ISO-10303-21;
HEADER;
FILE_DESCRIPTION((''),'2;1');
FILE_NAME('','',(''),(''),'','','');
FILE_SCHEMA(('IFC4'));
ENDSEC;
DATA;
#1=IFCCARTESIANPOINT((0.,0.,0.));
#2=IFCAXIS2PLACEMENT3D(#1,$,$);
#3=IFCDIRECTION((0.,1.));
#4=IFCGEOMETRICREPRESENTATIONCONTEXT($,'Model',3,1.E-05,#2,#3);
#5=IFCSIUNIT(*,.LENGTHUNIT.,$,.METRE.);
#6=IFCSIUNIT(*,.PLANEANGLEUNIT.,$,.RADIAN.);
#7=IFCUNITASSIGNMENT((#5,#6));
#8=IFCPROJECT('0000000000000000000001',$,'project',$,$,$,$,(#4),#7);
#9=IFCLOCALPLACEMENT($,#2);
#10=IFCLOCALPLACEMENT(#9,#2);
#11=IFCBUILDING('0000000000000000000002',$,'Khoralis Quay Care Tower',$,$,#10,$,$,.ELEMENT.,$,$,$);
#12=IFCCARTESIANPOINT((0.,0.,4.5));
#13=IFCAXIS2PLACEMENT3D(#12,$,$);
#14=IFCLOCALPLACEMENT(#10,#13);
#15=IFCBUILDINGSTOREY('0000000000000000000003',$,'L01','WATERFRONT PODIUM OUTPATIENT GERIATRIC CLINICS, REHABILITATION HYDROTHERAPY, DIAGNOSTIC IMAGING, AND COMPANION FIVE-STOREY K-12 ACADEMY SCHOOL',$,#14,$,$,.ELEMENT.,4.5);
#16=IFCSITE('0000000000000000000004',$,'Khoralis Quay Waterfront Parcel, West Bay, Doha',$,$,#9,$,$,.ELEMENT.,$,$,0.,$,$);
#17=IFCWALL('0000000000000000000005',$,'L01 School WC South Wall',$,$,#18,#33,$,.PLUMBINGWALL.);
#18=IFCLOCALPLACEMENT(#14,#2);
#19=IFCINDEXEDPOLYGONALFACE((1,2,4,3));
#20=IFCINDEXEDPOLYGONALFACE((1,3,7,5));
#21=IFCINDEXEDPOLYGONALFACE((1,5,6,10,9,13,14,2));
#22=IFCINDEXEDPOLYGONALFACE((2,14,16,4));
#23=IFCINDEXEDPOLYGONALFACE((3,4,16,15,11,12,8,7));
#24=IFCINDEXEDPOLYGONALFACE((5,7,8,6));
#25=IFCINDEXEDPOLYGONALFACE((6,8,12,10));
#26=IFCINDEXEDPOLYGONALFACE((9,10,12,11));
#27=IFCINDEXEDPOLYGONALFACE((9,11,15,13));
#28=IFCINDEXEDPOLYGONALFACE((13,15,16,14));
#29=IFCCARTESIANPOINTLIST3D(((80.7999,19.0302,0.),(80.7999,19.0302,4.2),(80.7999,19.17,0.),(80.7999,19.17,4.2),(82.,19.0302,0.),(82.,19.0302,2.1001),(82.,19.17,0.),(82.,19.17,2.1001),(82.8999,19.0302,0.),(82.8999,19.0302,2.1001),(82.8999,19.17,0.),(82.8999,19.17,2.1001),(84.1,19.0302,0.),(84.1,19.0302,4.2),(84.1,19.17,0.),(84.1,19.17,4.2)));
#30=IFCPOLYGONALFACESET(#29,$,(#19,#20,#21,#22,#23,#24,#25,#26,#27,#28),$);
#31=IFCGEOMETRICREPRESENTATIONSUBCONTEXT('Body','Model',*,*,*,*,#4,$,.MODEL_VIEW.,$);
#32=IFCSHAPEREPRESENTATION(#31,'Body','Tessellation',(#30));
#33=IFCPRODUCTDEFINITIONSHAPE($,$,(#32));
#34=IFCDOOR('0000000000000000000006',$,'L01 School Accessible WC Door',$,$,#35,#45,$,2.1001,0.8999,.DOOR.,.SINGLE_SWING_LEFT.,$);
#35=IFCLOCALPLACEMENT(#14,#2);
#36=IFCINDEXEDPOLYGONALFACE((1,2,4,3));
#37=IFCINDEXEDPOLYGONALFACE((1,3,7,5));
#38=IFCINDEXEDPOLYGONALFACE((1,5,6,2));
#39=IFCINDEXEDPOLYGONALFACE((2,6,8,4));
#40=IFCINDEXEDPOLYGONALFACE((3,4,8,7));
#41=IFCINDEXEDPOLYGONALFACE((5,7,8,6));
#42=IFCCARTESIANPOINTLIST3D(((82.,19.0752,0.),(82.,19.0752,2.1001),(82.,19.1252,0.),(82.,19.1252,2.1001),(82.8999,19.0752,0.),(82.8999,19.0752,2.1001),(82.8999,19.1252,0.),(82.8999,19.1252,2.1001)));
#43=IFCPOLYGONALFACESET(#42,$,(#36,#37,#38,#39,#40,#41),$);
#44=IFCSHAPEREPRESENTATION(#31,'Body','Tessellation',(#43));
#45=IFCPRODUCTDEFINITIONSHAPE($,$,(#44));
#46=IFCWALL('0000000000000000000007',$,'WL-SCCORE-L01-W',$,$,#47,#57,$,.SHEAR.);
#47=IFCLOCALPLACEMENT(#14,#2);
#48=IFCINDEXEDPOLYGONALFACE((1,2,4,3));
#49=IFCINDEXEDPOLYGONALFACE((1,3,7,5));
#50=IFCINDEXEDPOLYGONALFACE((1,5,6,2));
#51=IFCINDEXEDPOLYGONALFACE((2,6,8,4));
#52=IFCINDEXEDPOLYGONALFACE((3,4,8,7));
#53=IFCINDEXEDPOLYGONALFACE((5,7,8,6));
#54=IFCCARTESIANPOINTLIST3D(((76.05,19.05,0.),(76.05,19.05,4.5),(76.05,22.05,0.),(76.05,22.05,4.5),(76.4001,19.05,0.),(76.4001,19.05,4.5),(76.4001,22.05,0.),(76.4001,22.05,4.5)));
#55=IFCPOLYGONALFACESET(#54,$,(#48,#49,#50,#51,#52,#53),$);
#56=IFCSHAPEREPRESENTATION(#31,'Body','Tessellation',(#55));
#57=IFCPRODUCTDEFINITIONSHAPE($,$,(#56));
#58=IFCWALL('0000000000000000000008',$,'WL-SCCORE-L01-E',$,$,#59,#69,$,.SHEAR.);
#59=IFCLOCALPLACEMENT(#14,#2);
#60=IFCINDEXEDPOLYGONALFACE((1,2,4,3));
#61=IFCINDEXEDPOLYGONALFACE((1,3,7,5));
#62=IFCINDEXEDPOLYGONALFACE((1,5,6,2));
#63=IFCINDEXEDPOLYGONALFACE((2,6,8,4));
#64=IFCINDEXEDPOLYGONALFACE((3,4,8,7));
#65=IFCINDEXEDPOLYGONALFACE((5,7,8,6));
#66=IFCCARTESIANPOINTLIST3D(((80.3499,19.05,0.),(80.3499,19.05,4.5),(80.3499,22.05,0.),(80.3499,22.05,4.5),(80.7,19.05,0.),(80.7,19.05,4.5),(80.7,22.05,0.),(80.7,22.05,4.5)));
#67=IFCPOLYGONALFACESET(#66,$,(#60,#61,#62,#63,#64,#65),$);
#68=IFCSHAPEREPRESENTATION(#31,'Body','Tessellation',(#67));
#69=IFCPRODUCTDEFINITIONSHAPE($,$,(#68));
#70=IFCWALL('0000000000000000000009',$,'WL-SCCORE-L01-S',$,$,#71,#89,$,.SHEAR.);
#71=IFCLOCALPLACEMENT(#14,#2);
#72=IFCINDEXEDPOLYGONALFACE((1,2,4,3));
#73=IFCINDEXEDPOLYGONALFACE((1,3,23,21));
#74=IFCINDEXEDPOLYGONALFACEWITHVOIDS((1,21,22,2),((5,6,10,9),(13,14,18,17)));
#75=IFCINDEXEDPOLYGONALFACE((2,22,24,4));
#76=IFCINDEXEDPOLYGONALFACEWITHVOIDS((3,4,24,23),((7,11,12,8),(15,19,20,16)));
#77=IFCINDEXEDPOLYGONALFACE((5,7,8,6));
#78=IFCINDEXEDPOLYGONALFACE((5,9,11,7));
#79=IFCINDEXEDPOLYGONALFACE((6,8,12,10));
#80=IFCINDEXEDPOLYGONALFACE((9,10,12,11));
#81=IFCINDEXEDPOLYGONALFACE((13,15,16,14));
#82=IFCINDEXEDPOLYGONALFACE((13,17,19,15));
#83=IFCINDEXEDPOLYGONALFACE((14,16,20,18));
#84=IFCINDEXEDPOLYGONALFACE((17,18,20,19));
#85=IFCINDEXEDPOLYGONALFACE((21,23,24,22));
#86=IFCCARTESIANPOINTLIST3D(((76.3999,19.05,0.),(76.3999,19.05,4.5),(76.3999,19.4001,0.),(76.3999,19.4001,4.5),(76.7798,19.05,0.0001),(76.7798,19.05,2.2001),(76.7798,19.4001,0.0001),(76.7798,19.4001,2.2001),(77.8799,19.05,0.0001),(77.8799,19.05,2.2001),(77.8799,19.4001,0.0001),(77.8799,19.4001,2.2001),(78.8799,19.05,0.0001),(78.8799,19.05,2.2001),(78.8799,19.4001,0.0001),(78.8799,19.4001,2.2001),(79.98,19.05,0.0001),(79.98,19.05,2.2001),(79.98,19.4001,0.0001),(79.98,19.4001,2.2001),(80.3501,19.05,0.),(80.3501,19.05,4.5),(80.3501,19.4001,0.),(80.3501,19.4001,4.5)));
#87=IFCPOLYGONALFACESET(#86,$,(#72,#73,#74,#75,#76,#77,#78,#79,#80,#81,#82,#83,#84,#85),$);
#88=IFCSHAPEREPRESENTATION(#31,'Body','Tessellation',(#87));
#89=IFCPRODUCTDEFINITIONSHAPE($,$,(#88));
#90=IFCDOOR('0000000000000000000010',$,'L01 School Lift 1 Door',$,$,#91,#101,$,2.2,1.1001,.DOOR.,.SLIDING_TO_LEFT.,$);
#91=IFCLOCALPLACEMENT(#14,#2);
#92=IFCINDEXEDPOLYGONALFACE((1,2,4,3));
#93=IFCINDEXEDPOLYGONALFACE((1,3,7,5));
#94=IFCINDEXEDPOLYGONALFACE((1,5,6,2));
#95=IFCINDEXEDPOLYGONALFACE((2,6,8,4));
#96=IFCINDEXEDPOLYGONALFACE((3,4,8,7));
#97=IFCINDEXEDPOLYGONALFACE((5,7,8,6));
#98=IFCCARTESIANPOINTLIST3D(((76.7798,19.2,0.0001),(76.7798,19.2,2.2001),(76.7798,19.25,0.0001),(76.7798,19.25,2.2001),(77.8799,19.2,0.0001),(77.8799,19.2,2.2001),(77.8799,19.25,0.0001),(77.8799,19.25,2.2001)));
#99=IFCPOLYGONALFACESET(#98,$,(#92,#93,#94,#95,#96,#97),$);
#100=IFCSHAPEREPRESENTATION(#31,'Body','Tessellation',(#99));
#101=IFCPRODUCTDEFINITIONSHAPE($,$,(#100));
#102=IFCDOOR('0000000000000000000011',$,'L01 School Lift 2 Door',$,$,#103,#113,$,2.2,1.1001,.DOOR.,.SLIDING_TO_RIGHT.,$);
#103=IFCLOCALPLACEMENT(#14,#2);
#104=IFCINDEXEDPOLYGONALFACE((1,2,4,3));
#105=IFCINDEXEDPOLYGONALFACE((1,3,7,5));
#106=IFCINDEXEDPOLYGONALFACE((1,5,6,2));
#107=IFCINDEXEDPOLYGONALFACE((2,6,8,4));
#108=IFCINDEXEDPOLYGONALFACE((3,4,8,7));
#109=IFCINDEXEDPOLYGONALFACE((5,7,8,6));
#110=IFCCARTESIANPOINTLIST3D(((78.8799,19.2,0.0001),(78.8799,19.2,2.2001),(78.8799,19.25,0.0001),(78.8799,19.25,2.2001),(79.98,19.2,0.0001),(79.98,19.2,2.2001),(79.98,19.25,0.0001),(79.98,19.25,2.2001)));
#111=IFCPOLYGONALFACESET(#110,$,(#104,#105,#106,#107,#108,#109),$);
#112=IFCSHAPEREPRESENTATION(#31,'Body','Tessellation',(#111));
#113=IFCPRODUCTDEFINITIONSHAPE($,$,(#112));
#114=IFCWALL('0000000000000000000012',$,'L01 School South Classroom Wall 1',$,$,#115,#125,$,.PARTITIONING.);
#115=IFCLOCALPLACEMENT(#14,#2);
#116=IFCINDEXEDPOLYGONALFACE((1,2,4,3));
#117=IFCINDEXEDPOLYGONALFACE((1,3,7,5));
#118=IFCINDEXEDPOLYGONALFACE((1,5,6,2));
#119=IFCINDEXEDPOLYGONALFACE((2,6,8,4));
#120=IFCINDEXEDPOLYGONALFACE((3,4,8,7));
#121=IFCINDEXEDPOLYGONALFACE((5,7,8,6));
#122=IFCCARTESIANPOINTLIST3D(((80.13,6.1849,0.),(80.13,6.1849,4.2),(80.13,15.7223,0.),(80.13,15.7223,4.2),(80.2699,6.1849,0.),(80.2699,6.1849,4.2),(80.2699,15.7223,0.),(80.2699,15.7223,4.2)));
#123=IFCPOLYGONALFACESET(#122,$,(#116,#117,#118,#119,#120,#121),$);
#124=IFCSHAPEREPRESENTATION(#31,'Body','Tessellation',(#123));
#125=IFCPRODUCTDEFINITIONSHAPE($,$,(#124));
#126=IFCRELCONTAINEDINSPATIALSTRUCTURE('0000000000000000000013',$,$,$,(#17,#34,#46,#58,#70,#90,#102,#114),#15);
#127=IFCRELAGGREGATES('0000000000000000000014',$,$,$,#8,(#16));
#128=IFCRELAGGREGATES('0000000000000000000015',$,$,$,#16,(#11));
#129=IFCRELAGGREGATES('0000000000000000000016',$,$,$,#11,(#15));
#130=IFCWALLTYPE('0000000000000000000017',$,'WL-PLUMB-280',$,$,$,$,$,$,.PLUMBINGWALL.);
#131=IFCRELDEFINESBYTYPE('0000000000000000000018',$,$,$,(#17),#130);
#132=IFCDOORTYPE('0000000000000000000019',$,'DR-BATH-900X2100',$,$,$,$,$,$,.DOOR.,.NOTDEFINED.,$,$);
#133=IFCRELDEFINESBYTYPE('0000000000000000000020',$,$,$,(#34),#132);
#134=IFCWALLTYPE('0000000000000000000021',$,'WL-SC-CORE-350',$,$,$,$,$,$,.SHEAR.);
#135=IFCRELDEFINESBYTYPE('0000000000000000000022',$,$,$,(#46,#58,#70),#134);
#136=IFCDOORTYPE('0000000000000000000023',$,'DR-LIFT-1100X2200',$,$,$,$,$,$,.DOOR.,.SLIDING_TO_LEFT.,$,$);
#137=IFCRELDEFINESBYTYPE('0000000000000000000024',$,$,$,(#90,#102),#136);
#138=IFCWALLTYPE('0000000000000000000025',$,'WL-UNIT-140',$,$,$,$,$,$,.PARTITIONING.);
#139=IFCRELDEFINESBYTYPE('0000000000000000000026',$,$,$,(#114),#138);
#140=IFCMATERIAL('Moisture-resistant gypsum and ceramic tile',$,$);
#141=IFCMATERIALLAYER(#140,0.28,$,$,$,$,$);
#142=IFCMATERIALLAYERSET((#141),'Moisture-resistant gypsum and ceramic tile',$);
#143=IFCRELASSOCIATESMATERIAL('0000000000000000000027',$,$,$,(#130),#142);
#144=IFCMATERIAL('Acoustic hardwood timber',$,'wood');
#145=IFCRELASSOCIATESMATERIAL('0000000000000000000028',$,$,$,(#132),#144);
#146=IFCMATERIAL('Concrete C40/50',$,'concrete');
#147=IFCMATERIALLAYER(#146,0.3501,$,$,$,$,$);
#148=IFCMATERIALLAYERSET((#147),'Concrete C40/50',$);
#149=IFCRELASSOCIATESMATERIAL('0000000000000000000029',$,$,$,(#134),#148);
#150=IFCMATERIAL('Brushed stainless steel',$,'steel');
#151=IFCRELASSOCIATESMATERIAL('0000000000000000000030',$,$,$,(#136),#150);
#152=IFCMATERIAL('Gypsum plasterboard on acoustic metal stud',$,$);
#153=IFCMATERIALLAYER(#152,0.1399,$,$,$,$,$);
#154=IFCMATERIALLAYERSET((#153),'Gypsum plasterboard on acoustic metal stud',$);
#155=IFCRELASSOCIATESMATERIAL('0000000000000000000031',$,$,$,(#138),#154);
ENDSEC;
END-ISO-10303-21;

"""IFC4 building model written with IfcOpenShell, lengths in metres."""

from ifc_helpers import new_model, si_unit, direction, frame, frame_2d, origin, place, context, subcontext, project, spatial, rectangle, extrude, source, transform, mapped, material, layer, layer_set, type_object, element, fill, save


model = new_model("IFC4")

# Units and contexts
model_context = context("Model", 3, precision=1e-05, world=origin(), true_north=direction((0.0, 1.0)))
body_context = subcontext(model_context, "Body", "Model", "MODEL_VIEW")
ifc_project = project(units=[si_unit("LENGTHUNIT", "METRE"), si_unit("PLANEANGLEUNIT", "RADIAN")], contexts=[model_context])

# Site, building, storey
site_placement = place(None, origin())
site = spatial("IfcSite", under=ifc_project, at=site_placement, Name="Khoralis Quay Waterfront Parcel, West Bay, Doha", CompositionType="ELEMENT", RefElevation=0.0)
building_placement = place(site_placement, origin())
building = spatial("IfcBuilding", under=site, at=building_placement, Name="Khoralis Quay Care Tower", CompositionType="ELEMENT")
storey_placement = place(building_placement, frame((0.0, 0.0, 4.5)))
storey = spatial("IfcBuildingStorey", under=building, at=storey_placement, Name="L01", Description="WATERFRONT PODIUM OUTPATIENT GERIATRIC CLINICS, REHABILITATION HYDROTHERAPY, DIAGNOSTIC IMAGING, AND COMPANION FIVE-STOREY K-12 ACADEMY SCHOOL", CompositionType="ELEMENT", Elevation=4.5)

# Shared definitions
ifc_material_1 = material(Name="Concrete C40/50", Category="concrete")

# Wall, opening, door
ifc_material_2 = material(Name="Moisture-resistant gypsum and ceramic tile")
ifc_layer_1 = layer(ifc_material_2, 0.28)
ifc_layer_set_1 = layer_set([ifc_layer_1], Name="Moisture-resistant gypsum and ceramic tile")
wall_type_1 = type_object("IfcWallType", Name="WL-PLUMB-280", PredefinedType="PLUMBINGWALL", material=ifc_layer_set_1)
wall_1_placement = place(storey_placement, frame((80.8, 19.1001, 0.0), z_axis=(0.0, 0.0, 1.0), x_axis=(1.0, 0.0, 0.0)))
wall_1 = element("IfcWall", 1, at=wall_1_placement, inside=storey, type_object=wall_type_1, Name="L01 School WC South Wall", PredefinedType="PLUMBINGWALL", context=body_context, shape_type="SweptSolid", body=[
    extrude(rectangle(XDim=3.3, YDim=0.1399, at=frame_2d((1.6499, 0.0))), origin(), (0.0, 0.0, 1.0), 4.2),
])
opening_1_placement = place(wall_1_placement, frame((1.2, 0.0, 0.0)))
opening_1 = element("IfcOpeningElement", 2, at=opening_1_placement, cuts=wall_1, PredefinedType="OPENING", context=body_context, shape_type="SweptSolid", body=[
    extrude(rectangle(XDim=0.8999, YDim=2.1001, at=frame_2d((0.45, 1.05))), frame((0.0, 0.0801, 0.0), z_axis=(0.0, -1.0, 0.0), x_axis=(1.0, 0.0, 0.0)), (0.0, 0.0, 1.0), 0.1599),
])
ifc_material_3 = material(Name="Acoustic hardwood timber", Category="wood")
door_type_1 = type_object("IfcDoorType", Name="DR-BATH-900X2100", OperationType="NOTDEFINED", PredefinedType="DOOR", material=ifc_material_3)
shared_shape_1 = source(origin(), body_context, "Body", "SweptSolid", [
    extrude(rectangle(XDim=0.8999, YDim=2.1001, at=frame_2d((0.45, 1.05))), frame((0.0, 0.0249, 0.0), z_axis=(0.0, -1.0, 0.0), x_axis=(1.0, 0.0, 0.0)), (0.0, 0.0, 1.0), 0.05),
])
door_1_placement = place(opening_1_placement, frame((0.8999, 0.0, 0.0), z_axis=(0.0, 0.0, 1.0), x_axis=(-1.0, 0.0, 0.0)))
door_1 = element("IfcDoor", 3, at=door_1_placement, inside=storey, type_object=door_type_1, Name="L01 School Accessible WC Door", OperationType="SINGLE_SWING_LEFT", OverallHeight=2.1001, OverallWidth=0.8999, PredefinedType="DOOR", context=body_context, shape_type="MappedRepresentation", body=[
    mapped(shared_shape_1, transform((0.0, 0.0, 0.0), scale=1.0)),
])
fill(opening_1, door_1)

# Walls
ifc_layer_2 = layer(ifc_material_1, 0.3501)
ifc_layer_set_2 = layer_set([ifc_layer_2], Name="Concrete C40/50")
wall_type_2 = type_object("IfcWallType", Name="WL-SC-CORE-350", PredefinedType="SHEAR", material=ifc_layer_set_2)
for number, where, z_axis, x_axis, name in (
    (4, (76.2251, 19.05, 0.0), (0.0, 0.0, 1.0), (0.0, 1.0, 0.0), "WL-SCCORE-L01-W"),
    (5, (80.5249, 19.05, 0.0), (0.0, 0.0, 1.0), (0.0, 1.0, 0.0), "WL-SCCORE-L01-E"),
):
    element("IfcWall", number, at=place(storey_placement, frame(where, z_axis=z_axis, x_axis=x_axis)), inside=storey, type_object=wall_type_2, Name=name, PredefinedType="SHEAR", context=body_context, shape_type="SweptSolid", body=[
        extrude(rectangle(XDim=3.0, YDim=0.3501, at=frame_2d((1.5, 0.0))), origin(), (0.0, 0.0, 1.0), 4.5),
    ])

# Wall, openings, doors
wall_2_placement = place(storey_placement, frame((76.3999, 19.2251, 0.0), z_axis=(0.0, 0.0, 1.0), x_axis=(1.0, 0.0, 0.0)))
wall_2 = element("IfcWall", 6, at=wall_2_placement, inside=storey, type_object=wall_type_2, Name="WL-SCCORE-L01-S", PredefinedType="SHEAR", context=body_context, shape_type="SweptSolid", body=[
    extrude(rectangle(XDim=3.9502, YDim=0.3501, at=frame_2d((1.9751, 0.0))), origin(), (0.0, 0.0, 1.0), 4.5),
])
opening_2_placement = place(wall_2_placement, frame((0.3799, 0.0, 0.0)))
opening_2 = element("IfcOpeningElement", 7, at=opening_2_placement, cuts=wall_2, PredefinedType="OPENING", context=body_context, shape_type="SweptSolid", body=[
    extrude(rectangle(XDim=1.1001, YDim=2.2, at=frame_2d((0.55, 1.1001))), frame((0.0, 0.1851, 0.0), z_axis=(0.0, -1.0, 0.0), x_axis=(1.0, 0.0, 0.0)), (0.0, 0.0, 1.0), 0.3701),
])
opening_3_placement = place(wall_2_placement, frame((2.48, 0.0, 0.0)))
opening_3 = element("IfcOpeningElement", 8, at=opening_3_placement, cuts=wall_2, PredefinedType="OPENING", context=body_context, shape_type="SweptSolid", body=[
    extrude(rectangle(XDim=1.1001, YDim=2.2, at=frame_2d((0.55, 1.1001))), frame((0.0, 0.1851, 0.0), z_axis=(0.0, -1.0, 0.0), x_axis=(1.0, 0.0, 0.0)), (0.0, 0.0, 1.0), 0.3701),
])
ifc_material_4 = material(Name="Brushed stainless steel", Category="steel")
door_type_2 = type_object("IfcDoorType", Name="DR-LIFT-1100X2200", OperationType="SLIDING_TO_LEFT", PredefinedType="DOOR", material=ifc_material_4)
shared_shape_2 = source(origin(), body_context, "Body", "SweptSolid", [
    extrude(rectangle(XDim=1.1001, YDim=2.2, at=frame_2d((0.55, 1.1001))), frame((0.0, 0.0249, 0.0), z_axis=(0.0, -1.0, 0.0), x_axis=(1.0, 0.0, 0.0)), (0.0, 0.0, 1.0), 0.05),
])
door_2_placement = place(opening_2_placement, origin())
door_2 = element("IfcDoor", 9, at=door_2_placement, inside=storey, type_object=door_type_2, Name="L01 School Lift 1 Door", OperationType="SLIDING_TO_LEFT", OverallHeight=2.2, OverallWidth=1.1001, PredefinedType="DOOR", context=body_context, shape_type="MappedRepresentation", body=[
    mapped(shared_shape_2, transform((0.0, 0.0, 0.0), scale=1.0)),
])
fill(opening_2, door_2)
door_3_placement = place(opening_3_placement, origin())
door_3 = element("IfcDoor", 10, at=door_3_placement, inside=storey, type_object=door_type_2, Name="L01 School Lift 2 Door", OperationType="SLIDING_TO_RIGHT", OverallHeight=2.2, OverallWidth=1.1001, PredefinedType="DOOR", context=body_context, shape_type="MappedRepresentation", body=[
    mapped(shared_shape_2, transform((0.0, 0.0, 0.0), scale=1.0)),
])
fill(opening_3, door_3)

# Wall
ifc_material_5 = material(Name="Gypsum plasterboard on acoustic metal stud")
ifc_layer_3 = layer(ifc_material_5, 0.1399)
ifc_layer_set_3 = layer_set([ifc_layer_3], Name="Gypsum plasterboard on acoustic metal stud")
wall_type_3 = type_object("IfcWallType", Name="WL-UNIT-140", PredefinedType="PARTITIONING", material=ifc_layer_set_3)
wall_3_placement = place(storey_placement, frame((80.2, 6.1851, 0.0), z_axis=(0.0, 0.0, 1.0), x_axis=(0.0, 1.0, 0.0)))
element("IfcWall", 11, at=wall_3_placement, inside=storey, type_object=wall_type_3, Name="L01 School South Classroom Wall 1", PredefinedType="PARTITIONING", context=body_context, shape_type="SweptSolid", body=[
    extrude(rectangle(XDim=9.5374, YDim=0.1399, at=frame_2d((4.7686, 0.0))), origin(), (0.0, 0.0, 1.0), 4.2),
])

save(model, "model.ifc")
